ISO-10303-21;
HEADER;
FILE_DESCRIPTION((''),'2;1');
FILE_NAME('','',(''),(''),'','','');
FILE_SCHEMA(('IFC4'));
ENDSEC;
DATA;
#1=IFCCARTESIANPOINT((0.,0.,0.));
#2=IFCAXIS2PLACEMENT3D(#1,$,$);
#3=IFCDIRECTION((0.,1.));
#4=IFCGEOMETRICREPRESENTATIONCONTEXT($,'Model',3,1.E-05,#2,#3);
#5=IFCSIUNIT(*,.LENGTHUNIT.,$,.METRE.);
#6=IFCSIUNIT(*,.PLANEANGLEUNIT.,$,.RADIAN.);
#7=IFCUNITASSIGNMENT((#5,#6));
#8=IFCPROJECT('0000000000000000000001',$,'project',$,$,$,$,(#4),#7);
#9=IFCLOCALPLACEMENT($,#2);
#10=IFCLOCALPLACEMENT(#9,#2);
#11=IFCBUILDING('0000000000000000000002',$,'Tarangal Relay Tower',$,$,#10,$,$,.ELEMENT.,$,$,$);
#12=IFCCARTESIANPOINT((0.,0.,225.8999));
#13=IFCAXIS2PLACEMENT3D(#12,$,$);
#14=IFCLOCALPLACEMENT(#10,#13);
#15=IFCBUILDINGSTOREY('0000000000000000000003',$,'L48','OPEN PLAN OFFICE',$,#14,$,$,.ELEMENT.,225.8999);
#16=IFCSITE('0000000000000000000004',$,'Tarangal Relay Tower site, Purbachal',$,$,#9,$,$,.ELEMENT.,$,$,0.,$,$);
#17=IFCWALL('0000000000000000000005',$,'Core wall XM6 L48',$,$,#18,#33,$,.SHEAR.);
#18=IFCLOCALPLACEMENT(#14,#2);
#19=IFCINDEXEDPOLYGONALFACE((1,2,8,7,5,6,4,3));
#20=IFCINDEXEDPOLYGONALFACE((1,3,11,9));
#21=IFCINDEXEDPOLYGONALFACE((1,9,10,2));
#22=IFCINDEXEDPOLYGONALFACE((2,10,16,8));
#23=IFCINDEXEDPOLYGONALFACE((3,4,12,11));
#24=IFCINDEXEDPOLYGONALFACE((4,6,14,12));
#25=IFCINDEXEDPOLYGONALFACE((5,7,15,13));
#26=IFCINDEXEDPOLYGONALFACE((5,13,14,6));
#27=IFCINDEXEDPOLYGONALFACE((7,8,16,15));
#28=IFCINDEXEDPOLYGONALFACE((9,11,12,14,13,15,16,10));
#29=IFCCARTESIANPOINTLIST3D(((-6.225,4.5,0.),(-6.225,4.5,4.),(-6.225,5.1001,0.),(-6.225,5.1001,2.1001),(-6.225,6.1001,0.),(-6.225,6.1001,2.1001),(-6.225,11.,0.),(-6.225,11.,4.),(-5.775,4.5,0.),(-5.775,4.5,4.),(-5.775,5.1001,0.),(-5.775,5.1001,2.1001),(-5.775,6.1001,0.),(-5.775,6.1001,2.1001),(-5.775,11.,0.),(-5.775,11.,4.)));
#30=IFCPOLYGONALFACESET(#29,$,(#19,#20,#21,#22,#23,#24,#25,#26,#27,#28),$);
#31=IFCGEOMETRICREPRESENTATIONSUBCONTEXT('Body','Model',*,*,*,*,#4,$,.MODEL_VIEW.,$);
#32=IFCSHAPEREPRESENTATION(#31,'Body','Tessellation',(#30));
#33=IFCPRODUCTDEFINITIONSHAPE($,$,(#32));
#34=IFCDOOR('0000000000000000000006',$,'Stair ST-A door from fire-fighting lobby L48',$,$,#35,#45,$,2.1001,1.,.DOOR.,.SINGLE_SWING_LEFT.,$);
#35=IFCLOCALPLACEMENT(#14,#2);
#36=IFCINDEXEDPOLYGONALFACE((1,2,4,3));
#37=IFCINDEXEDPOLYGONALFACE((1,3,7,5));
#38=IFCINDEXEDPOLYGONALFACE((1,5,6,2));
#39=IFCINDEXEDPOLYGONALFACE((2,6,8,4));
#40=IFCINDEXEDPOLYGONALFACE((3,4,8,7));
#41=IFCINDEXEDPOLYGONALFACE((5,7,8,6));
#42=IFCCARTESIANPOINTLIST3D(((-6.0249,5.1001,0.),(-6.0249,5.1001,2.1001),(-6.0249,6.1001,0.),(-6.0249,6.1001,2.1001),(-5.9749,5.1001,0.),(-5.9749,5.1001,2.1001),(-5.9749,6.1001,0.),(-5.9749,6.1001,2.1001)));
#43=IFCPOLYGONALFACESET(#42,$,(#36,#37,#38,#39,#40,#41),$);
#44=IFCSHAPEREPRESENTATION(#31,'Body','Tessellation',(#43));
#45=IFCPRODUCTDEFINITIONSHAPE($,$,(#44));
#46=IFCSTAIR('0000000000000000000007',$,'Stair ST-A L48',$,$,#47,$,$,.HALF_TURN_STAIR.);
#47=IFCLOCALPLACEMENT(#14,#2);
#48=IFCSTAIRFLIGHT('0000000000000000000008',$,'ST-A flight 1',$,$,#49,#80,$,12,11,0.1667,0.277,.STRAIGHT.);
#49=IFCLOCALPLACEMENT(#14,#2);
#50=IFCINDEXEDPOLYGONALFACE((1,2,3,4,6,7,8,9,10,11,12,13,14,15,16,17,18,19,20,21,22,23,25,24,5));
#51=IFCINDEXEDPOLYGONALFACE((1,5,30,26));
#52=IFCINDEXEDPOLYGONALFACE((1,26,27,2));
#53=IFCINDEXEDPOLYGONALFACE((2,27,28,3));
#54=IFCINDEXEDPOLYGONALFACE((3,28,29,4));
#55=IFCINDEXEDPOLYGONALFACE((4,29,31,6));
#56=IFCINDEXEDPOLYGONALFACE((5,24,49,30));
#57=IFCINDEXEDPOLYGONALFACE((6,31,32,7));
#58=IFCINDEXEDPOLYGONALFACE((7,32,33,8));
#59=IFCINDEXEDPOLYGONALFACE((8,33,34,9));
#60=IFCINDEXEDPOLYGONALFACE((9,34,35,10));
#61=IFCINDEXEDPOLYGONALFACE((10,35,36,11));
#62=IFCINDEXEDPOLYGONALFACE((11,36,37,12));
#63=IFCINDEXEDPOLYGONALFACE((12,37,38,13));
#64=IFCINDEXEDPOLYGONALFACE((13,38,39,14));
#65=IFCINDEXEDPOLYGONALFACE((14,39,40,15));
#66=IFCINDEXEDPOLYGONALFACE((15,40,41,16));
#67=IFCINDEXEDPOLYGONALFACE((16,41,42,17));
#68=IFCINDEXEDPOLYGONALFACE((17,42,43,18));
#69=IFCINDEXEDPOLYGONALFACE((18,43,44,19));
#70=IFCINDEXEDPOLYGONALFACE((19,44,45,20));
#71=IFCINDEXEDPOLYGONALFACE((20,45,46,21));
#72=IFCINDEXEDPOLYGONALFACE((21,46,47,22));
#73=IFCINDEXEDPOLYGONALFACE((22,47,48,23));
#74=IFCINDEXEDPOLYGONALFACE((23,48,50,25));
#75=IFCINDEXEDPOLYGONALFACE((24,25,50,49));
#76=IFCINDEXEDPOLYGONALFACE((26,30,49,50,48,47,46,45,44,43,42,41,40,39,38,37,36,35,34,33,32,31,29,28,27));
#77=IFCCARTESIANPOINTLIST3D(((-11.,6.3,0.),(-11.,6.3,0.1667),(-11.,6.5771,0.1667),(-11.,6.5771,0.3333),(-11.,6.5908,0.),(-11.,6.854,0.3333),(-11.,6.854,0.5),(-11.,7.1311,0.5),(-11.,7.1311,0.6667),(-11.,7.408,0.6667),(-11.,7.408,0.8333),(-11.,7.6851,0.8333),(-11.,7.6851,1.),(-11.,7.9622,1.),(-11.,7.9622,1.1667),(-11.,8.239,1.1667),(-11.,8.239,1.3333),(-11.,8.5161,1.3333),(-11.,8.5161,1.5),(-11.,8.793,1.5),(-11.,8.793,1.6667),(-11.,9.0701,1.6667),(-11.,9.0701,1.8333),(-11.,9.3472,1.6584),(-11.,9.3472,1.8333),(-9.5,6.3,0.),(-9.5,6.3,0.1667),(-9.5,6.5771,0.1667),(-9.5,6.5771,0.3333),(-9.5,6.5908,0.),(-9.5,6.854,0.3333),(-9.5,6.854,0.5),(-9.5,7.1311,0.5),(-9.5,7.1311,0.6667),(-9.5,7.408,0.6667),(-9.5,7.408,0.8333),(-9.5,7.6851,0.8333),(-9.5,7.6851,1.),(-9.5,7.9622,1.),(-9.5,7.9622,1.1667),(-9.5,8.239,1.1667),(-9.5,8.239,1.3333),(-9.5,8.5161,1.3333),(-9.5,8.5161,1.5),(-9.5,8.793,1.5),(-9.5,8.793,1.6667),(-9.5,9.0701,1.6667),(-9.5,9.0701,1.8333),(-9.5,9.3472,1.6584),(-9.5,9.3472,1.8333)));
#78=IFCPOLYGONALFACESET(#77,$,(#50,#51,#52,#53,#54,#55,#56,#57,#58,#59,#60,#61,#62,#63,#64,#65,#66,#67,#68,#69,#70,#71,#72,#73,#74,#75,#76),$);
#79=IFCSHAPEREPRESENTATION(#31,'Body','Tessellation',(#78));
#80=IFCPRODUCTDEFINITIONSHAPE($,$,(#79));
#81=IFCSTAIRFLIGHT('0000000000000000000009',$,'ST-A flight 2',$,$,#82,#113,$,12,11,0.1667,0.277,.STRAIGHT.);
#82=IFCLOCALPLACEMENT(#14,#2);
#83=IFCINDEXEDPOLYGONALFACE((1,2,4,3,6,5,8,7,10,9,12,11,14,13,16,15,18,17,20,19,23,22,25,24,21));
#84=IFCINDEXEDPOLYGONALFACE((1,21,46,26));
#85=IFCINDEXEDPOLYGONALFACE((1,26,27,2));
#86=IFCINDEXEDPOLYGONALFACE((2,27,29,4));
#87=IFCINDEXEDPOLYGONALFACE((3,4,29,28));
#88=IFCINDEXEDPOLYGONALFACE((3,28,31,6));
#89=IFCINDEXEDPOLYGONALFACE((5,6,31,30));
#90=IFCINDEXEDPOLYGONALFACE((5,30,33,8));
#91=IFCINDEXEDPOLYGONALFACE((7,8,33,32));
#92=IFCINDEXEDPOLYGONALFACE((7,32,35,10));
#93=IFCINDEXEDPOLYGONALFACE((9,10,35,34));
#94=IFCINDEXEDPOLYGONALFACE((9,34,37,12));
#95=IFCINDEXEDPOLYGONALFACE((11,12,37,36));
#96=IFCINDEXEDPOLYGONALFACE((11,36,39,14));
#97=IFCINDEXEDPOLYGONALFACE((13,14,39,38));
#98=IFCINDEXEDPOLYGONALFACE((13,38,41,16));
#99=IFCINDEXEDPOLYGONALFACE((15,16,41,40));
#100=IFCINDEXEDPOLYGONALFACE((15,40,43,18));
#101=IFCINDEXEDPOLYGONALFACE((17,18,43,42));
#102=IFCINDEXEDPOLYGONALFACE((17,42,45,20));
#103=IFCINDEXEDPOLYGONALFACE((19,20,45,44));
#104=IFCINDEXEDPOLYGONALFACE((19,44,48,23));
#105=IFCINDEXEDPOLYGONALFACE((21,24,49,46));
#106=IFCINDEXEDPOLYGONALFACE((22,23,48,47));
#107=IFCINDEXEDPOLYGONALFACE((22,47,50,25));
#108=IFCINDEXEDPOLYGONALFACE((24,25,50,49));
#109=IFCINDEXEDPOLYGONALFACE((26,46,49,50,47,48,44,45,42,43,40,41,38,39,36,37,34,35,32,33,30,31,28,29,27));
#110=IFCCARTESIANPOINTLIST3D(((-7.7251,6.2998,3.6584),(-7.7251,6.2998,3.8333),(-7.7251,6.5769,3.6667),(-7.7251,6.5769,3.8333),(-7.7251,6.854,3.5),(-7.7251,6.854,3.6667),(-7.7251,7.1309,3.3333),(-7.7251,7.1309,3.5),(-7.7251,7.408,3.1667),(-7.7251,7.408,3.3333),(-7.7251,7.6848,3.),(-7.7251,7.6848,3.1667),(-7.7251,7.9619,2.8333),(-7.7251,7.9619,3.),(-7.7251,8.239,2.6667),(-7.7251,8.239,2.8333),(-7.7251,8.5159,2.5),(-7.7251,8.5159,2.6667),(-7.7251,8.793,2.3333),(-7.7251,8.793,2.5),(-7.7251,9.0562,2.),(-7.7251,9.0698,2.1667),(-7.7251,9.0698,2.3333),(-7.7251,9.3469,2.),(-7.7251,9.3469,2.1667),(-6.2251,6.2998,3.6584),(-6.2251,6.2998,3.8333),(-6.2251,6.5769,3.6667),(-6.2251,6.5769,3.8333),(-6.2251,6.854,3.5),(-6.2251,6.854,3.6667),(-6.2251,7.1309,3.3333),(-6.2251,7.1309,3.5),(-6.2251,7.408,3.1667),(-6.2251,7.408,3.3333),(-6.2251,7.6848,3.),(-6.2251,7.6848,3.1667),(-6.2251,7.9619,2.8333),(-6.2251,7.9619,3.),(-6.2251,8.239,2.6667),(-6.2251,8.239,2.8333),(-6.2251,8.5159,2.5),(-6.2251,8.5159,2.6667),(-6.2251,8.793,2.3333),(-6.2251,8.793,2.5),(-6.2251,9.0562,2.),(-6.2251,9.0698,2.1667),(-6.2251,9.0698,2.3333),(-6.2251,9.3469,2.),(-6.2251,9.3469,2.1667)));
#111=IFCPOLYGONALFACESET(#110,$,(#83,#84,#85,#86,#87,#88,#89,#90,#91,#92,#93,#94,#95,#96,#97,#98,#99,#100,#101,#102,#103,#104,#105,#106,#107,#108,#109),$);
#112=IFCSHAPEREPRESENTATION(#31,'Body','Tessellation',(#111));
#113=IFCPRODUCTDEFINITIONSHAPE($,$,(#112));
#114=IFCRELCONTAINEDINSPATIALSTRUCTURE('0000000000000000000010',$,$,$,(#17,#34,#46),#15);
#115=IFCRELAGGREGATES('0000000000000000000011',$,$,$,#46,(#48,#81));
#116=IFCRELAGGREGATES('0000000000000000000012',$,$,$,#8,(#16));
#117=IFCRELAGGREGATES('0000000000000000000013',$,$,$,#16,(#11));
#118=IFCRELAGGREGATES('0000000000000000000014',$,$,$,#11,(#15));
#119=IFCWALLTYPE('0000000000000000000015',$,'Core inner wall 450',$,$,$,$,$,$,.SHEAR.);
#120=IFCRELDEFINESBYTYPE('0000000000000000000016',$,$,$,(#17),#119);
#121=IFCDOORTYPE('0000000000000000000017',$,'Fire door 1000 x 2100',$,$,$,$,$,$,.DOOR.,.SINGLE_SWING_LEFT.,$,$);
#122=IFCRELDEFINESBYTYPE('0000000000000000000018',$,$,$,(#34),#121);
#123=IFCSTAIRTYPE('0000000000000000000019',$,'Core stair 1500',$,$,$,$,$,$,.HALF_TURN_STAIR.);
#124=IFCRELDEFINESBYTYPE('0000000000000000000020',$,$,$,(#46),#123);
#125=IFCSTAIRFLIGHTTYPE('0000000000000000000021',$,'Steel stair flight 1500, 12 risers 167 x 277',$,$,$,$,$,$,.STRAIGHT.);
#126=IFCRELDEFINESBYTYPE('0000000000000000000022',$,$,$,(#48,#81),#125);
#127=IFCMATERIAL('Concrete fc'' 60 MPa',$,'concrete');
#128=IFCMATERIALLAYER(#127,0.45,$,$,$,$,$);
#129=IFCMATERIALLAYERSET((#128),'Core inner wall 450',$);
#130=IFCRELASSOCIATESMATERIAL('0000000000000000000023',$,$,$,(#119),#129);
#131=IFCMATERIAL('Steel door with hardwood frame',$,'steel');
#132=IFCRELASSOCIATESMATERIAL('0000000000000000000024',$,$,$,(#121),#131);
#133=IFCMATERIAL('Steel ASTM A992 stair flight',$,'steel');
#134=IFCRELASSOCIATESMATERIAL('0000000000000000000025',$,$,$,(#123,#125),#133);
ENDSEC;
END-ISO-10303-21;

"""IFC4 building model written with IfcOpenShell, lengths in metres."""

from ifc_helpers import new_model, si_unit, direction, frame, frame_2d, origin, place, context, subcontext, project, spatial, polyline, rectangle, outline, extrude, material, layer, layer_set, type_object, element, fill, aggregate, save


model = new_model("IFC4")

# Units and contexts
model_context = context("Model", 3, precision=1e-05, world=origin(), true_north=direction((0.0, 1.0)))
body_context = subcontext(model_context, "Body", "Model", "MODEL_VIEW")
ifc_project = project(units=[si_unit("LENGTHUNIT", "METRE"), si_unit("PLANEANGLEUNIT", "RADIAN")], contexts=[model_context])

# Site, building, storey
site_placement = place(None, origin())
site = spatial("IfcSite", under=ifc_project, at=site_placement, Name="Tarangal Relay Tower site, Purbachal", CompositionType="ELEMENT", RefElevation=0.0)
building_placement = place(site_placement, origin())
building = spatial("IfcBuilding", under=site, at=building_placement, Name="Tarangal Relay Tower", CompositionType="ELEMENT")
storey_placement = place(building_placement, frame((0.0, 0.0, 225.8999)))
storey = spatial("IfcBuildingStorey", under=building, at=storey_placement, Name="L48", Description="OPEN PLAN OFFICE", CompositionType="ELEMENT", Elevation=225.8999)

# Shared definitions
ifc_material_1 = material(Name="Concrete fc' 60 MPa", Category="concrete")
ifc_layer = layer(ifc_material_1, 0.45)
ifc_layer_set = layer_set([ifc_layer], Name="Core inner wall 450")
wall_type = type_object("IfcWallType", Name="Core inner wall 450", PredefinedType="SHEAR", material=ifc_layer_set)
ifc_material_2 = material(Name="Steel door with hardwood frame", Category="steel")
door_type_1 = type_object("IfcDoorType", Name="Fire door 1000 x 2100", OperationType="SINGLE_SWING_LEFT", PredefinedType="DOOR", material=ifc_material_2)

# Wall, opening, door
wall_1_placement = place(storey_placement, frame((-6.0, 4.5, 0.0), z_axis=(0.0, 0.0, 1.0), x_axis=(0.0, 1.0, 0.0)))
wall_1 = element("IfcWall", 1, at=wall_1_placement, inside=storey, type_object=wall_type, Name="Core wall XM6 L48", PredefinedType="SHEAR", context=body_context, shape_type="SweptSolid", body=[
    extrude(rectangle(XDim=6.5, YDim=0.45, at=frame_2d((3.25, 0.0))), origin(), (0.0, 0.0, 1.0), 4.0),
])
opening_1_placement = place(wall_1_placement, frame((0.6001, 0.0, 0.0)))
opening_1 = element("IfcOpeningElement", 2, at=opening_1_placement, cuts=wall_1, PredefinedType="OPENING", context=body_context, shape_type="SweptSolid", body=[
    extrude(rectangle(XDim=1.0, YDim=2.1001, at=frame_2d((0.5, 1.05))), frame((0.0, 0.2349, 0.0), z_axis=(0.0, -1.0, 0.0), x_axis=(1.0, 0.0, 0.0)), (0.0, 0.0, 1.0), 0.47),
])
door_1_placement = place(opening_1_placement, origin())
door_1 = element("IfcDoor", 3, at=door_1_placement, inside=storey, type_object=door_type_1, Name="Stair ST-A door from fire-fighting lobby L48", OperationType="SINGLE_SWING_LEFT", OverallHeight=2.1001, OverallWidth=1.0, PredefinedType="DOOR", context=body_context, shape_type="SweptSolid", body=[
    extrude(rectangle(XDim=1.0, YDim=2.1001, at=frame_2d((0.5, 1.05))), frame((0.0, 0.0249, 0.0), z_axis=(0.0, -1.0, 0.0), x_axis=(1.0, 0.0, 0.0)), (0.0, 0.0, 1.0), 0.05),
])
fill(opening_1, door_1)

# Stair, stair flights
ifc_material_3 = material(Name="Steel ASTM A992 stair flight", Category="steel")
stair_type = type_object("IfcStairType", Name="Core stair 1500", PredefinedType="HALF_TURN_STAIR", material=ifc_material_3)
stair_placement = place(storey_placement, origin())
stair = element("IfcStair", 4, at=stair_placement, inside=storey, type_object=stair_type, Name="Stair ST-A L48", PredefinedType="HALF_TURN_STAIR")
stair_flight_type = type_object("IfcStairFlightType", Name="Steel stair flight 1500, 12 risers 167 x 277", PredefinedType="STRAIGHT", material=ifc_material_3)
stair_flight_1_placement = place(storey_placement, frame((-10.25, 6.3, 0.0), z_axis=(0.0, 0.0, 1.0), x_axis=(0.0, 1.0, 0.0)))
stair_flight_1 = element("IfcStairFlight", 5, at=stair_flight_1_placement, type_object=stair_flight_type, Name="ST-A flight 1", NumberOfRisers=12, NumberOfTreads=11, PredefinedType="STRAIGHT", RiserHeight=0.1667, TreadLength=0.277, context=body_context, shape_type="SweptSolid", body=[
    extrude(outline(polyline([(0.0, 0.0), (0.0, 0.1667), (0.2771, 0.1667), (0.2771, 0.3333), (0.554, 0.3333), (0.554, 0.5), (0.8311, 0.5), (0.8311, 0.6667), (1.1079, 0.6667), (1.1079, 0.8333), (1.385, 0.8333), (1.385, 1.0), (1.6621, 1.0), (1.6621, 1.1667), (1.939, 1.1667), (1.939, 1.3333), (2.2161, 1.3333), (2.2161, 1.5), (2.4929, 1.5), (2.4929, 1.6667), (2.77, 1.6667), (2.77, 1.8333), (3.0471, 1.8333), (3.0471, 2.0), (3.0471, 1.6584), (0.2908, 0.0), (0.0, 0.0)])), frame((0.0, 0.75, 0.0), z_axis=(0.0, -1.0, 0.0), x_axis=(1.0, 0.0, 0.0)), (0.0, 0.0, 1.0), 1.5),
])
stair_flight_2_placement = place(storey_placement, frame((-6.9751, 9.3469, 2.0), z_axis=(0.0, 0.0, 1.0), x_axis=(0.0, -1.0, 0.0)))
stair_flight_2 = element("IfcStairFlight", 6, at=stair_flight_2_placement, type_object=stair_flight_type, Name="ST-A flight 2", NumberOfRisers=12, NumberOfTreads=11, PredefinedType="STRAIGHT", RiserHeight=0.1667, TreadLength=0.277, context=body_context, shape_type="SweptSolid", body=[
    extrude(outline(polyline([(0.0, 0.0), (0.0, 0.1667), (0.2771, 0.1667), (0.2771, 0.3333), (0.554, 0.3333), (0.554, 0.5), (0.8311, 0.5), (0.8311, 0.6667), (1.1079, 0.6667), (1.1079, 0.8333), (1.385, 0.8333), (1.385, 1.0), (1.6621, 1.0), (1.6621, 1.1667), (1.939, 1.1667), (1.939, 1.3333), (2.2161, 1.3333), (2.2161, 1.5), (2.4929, 1.5), (2.4929, 1.6667), (2.77, 1.6667), (2.77, 1.8333), (3.0471, 1.8333), (3.0471, 2.0), (3.0471, 1.6584), (0.2908, 0.0), (0.0, 0.0)])), frame((0.0, 0.75, 0.0), z_axis=(0.0, -1.0, 0.0), x_axis=(1.0, 0.0, 0.0)), (0.0, 0.0, 1.0), 1.5),
])
aggregate(stair, [stair_flight_1, stair_flight_2])

save(model, "model.ifc")
